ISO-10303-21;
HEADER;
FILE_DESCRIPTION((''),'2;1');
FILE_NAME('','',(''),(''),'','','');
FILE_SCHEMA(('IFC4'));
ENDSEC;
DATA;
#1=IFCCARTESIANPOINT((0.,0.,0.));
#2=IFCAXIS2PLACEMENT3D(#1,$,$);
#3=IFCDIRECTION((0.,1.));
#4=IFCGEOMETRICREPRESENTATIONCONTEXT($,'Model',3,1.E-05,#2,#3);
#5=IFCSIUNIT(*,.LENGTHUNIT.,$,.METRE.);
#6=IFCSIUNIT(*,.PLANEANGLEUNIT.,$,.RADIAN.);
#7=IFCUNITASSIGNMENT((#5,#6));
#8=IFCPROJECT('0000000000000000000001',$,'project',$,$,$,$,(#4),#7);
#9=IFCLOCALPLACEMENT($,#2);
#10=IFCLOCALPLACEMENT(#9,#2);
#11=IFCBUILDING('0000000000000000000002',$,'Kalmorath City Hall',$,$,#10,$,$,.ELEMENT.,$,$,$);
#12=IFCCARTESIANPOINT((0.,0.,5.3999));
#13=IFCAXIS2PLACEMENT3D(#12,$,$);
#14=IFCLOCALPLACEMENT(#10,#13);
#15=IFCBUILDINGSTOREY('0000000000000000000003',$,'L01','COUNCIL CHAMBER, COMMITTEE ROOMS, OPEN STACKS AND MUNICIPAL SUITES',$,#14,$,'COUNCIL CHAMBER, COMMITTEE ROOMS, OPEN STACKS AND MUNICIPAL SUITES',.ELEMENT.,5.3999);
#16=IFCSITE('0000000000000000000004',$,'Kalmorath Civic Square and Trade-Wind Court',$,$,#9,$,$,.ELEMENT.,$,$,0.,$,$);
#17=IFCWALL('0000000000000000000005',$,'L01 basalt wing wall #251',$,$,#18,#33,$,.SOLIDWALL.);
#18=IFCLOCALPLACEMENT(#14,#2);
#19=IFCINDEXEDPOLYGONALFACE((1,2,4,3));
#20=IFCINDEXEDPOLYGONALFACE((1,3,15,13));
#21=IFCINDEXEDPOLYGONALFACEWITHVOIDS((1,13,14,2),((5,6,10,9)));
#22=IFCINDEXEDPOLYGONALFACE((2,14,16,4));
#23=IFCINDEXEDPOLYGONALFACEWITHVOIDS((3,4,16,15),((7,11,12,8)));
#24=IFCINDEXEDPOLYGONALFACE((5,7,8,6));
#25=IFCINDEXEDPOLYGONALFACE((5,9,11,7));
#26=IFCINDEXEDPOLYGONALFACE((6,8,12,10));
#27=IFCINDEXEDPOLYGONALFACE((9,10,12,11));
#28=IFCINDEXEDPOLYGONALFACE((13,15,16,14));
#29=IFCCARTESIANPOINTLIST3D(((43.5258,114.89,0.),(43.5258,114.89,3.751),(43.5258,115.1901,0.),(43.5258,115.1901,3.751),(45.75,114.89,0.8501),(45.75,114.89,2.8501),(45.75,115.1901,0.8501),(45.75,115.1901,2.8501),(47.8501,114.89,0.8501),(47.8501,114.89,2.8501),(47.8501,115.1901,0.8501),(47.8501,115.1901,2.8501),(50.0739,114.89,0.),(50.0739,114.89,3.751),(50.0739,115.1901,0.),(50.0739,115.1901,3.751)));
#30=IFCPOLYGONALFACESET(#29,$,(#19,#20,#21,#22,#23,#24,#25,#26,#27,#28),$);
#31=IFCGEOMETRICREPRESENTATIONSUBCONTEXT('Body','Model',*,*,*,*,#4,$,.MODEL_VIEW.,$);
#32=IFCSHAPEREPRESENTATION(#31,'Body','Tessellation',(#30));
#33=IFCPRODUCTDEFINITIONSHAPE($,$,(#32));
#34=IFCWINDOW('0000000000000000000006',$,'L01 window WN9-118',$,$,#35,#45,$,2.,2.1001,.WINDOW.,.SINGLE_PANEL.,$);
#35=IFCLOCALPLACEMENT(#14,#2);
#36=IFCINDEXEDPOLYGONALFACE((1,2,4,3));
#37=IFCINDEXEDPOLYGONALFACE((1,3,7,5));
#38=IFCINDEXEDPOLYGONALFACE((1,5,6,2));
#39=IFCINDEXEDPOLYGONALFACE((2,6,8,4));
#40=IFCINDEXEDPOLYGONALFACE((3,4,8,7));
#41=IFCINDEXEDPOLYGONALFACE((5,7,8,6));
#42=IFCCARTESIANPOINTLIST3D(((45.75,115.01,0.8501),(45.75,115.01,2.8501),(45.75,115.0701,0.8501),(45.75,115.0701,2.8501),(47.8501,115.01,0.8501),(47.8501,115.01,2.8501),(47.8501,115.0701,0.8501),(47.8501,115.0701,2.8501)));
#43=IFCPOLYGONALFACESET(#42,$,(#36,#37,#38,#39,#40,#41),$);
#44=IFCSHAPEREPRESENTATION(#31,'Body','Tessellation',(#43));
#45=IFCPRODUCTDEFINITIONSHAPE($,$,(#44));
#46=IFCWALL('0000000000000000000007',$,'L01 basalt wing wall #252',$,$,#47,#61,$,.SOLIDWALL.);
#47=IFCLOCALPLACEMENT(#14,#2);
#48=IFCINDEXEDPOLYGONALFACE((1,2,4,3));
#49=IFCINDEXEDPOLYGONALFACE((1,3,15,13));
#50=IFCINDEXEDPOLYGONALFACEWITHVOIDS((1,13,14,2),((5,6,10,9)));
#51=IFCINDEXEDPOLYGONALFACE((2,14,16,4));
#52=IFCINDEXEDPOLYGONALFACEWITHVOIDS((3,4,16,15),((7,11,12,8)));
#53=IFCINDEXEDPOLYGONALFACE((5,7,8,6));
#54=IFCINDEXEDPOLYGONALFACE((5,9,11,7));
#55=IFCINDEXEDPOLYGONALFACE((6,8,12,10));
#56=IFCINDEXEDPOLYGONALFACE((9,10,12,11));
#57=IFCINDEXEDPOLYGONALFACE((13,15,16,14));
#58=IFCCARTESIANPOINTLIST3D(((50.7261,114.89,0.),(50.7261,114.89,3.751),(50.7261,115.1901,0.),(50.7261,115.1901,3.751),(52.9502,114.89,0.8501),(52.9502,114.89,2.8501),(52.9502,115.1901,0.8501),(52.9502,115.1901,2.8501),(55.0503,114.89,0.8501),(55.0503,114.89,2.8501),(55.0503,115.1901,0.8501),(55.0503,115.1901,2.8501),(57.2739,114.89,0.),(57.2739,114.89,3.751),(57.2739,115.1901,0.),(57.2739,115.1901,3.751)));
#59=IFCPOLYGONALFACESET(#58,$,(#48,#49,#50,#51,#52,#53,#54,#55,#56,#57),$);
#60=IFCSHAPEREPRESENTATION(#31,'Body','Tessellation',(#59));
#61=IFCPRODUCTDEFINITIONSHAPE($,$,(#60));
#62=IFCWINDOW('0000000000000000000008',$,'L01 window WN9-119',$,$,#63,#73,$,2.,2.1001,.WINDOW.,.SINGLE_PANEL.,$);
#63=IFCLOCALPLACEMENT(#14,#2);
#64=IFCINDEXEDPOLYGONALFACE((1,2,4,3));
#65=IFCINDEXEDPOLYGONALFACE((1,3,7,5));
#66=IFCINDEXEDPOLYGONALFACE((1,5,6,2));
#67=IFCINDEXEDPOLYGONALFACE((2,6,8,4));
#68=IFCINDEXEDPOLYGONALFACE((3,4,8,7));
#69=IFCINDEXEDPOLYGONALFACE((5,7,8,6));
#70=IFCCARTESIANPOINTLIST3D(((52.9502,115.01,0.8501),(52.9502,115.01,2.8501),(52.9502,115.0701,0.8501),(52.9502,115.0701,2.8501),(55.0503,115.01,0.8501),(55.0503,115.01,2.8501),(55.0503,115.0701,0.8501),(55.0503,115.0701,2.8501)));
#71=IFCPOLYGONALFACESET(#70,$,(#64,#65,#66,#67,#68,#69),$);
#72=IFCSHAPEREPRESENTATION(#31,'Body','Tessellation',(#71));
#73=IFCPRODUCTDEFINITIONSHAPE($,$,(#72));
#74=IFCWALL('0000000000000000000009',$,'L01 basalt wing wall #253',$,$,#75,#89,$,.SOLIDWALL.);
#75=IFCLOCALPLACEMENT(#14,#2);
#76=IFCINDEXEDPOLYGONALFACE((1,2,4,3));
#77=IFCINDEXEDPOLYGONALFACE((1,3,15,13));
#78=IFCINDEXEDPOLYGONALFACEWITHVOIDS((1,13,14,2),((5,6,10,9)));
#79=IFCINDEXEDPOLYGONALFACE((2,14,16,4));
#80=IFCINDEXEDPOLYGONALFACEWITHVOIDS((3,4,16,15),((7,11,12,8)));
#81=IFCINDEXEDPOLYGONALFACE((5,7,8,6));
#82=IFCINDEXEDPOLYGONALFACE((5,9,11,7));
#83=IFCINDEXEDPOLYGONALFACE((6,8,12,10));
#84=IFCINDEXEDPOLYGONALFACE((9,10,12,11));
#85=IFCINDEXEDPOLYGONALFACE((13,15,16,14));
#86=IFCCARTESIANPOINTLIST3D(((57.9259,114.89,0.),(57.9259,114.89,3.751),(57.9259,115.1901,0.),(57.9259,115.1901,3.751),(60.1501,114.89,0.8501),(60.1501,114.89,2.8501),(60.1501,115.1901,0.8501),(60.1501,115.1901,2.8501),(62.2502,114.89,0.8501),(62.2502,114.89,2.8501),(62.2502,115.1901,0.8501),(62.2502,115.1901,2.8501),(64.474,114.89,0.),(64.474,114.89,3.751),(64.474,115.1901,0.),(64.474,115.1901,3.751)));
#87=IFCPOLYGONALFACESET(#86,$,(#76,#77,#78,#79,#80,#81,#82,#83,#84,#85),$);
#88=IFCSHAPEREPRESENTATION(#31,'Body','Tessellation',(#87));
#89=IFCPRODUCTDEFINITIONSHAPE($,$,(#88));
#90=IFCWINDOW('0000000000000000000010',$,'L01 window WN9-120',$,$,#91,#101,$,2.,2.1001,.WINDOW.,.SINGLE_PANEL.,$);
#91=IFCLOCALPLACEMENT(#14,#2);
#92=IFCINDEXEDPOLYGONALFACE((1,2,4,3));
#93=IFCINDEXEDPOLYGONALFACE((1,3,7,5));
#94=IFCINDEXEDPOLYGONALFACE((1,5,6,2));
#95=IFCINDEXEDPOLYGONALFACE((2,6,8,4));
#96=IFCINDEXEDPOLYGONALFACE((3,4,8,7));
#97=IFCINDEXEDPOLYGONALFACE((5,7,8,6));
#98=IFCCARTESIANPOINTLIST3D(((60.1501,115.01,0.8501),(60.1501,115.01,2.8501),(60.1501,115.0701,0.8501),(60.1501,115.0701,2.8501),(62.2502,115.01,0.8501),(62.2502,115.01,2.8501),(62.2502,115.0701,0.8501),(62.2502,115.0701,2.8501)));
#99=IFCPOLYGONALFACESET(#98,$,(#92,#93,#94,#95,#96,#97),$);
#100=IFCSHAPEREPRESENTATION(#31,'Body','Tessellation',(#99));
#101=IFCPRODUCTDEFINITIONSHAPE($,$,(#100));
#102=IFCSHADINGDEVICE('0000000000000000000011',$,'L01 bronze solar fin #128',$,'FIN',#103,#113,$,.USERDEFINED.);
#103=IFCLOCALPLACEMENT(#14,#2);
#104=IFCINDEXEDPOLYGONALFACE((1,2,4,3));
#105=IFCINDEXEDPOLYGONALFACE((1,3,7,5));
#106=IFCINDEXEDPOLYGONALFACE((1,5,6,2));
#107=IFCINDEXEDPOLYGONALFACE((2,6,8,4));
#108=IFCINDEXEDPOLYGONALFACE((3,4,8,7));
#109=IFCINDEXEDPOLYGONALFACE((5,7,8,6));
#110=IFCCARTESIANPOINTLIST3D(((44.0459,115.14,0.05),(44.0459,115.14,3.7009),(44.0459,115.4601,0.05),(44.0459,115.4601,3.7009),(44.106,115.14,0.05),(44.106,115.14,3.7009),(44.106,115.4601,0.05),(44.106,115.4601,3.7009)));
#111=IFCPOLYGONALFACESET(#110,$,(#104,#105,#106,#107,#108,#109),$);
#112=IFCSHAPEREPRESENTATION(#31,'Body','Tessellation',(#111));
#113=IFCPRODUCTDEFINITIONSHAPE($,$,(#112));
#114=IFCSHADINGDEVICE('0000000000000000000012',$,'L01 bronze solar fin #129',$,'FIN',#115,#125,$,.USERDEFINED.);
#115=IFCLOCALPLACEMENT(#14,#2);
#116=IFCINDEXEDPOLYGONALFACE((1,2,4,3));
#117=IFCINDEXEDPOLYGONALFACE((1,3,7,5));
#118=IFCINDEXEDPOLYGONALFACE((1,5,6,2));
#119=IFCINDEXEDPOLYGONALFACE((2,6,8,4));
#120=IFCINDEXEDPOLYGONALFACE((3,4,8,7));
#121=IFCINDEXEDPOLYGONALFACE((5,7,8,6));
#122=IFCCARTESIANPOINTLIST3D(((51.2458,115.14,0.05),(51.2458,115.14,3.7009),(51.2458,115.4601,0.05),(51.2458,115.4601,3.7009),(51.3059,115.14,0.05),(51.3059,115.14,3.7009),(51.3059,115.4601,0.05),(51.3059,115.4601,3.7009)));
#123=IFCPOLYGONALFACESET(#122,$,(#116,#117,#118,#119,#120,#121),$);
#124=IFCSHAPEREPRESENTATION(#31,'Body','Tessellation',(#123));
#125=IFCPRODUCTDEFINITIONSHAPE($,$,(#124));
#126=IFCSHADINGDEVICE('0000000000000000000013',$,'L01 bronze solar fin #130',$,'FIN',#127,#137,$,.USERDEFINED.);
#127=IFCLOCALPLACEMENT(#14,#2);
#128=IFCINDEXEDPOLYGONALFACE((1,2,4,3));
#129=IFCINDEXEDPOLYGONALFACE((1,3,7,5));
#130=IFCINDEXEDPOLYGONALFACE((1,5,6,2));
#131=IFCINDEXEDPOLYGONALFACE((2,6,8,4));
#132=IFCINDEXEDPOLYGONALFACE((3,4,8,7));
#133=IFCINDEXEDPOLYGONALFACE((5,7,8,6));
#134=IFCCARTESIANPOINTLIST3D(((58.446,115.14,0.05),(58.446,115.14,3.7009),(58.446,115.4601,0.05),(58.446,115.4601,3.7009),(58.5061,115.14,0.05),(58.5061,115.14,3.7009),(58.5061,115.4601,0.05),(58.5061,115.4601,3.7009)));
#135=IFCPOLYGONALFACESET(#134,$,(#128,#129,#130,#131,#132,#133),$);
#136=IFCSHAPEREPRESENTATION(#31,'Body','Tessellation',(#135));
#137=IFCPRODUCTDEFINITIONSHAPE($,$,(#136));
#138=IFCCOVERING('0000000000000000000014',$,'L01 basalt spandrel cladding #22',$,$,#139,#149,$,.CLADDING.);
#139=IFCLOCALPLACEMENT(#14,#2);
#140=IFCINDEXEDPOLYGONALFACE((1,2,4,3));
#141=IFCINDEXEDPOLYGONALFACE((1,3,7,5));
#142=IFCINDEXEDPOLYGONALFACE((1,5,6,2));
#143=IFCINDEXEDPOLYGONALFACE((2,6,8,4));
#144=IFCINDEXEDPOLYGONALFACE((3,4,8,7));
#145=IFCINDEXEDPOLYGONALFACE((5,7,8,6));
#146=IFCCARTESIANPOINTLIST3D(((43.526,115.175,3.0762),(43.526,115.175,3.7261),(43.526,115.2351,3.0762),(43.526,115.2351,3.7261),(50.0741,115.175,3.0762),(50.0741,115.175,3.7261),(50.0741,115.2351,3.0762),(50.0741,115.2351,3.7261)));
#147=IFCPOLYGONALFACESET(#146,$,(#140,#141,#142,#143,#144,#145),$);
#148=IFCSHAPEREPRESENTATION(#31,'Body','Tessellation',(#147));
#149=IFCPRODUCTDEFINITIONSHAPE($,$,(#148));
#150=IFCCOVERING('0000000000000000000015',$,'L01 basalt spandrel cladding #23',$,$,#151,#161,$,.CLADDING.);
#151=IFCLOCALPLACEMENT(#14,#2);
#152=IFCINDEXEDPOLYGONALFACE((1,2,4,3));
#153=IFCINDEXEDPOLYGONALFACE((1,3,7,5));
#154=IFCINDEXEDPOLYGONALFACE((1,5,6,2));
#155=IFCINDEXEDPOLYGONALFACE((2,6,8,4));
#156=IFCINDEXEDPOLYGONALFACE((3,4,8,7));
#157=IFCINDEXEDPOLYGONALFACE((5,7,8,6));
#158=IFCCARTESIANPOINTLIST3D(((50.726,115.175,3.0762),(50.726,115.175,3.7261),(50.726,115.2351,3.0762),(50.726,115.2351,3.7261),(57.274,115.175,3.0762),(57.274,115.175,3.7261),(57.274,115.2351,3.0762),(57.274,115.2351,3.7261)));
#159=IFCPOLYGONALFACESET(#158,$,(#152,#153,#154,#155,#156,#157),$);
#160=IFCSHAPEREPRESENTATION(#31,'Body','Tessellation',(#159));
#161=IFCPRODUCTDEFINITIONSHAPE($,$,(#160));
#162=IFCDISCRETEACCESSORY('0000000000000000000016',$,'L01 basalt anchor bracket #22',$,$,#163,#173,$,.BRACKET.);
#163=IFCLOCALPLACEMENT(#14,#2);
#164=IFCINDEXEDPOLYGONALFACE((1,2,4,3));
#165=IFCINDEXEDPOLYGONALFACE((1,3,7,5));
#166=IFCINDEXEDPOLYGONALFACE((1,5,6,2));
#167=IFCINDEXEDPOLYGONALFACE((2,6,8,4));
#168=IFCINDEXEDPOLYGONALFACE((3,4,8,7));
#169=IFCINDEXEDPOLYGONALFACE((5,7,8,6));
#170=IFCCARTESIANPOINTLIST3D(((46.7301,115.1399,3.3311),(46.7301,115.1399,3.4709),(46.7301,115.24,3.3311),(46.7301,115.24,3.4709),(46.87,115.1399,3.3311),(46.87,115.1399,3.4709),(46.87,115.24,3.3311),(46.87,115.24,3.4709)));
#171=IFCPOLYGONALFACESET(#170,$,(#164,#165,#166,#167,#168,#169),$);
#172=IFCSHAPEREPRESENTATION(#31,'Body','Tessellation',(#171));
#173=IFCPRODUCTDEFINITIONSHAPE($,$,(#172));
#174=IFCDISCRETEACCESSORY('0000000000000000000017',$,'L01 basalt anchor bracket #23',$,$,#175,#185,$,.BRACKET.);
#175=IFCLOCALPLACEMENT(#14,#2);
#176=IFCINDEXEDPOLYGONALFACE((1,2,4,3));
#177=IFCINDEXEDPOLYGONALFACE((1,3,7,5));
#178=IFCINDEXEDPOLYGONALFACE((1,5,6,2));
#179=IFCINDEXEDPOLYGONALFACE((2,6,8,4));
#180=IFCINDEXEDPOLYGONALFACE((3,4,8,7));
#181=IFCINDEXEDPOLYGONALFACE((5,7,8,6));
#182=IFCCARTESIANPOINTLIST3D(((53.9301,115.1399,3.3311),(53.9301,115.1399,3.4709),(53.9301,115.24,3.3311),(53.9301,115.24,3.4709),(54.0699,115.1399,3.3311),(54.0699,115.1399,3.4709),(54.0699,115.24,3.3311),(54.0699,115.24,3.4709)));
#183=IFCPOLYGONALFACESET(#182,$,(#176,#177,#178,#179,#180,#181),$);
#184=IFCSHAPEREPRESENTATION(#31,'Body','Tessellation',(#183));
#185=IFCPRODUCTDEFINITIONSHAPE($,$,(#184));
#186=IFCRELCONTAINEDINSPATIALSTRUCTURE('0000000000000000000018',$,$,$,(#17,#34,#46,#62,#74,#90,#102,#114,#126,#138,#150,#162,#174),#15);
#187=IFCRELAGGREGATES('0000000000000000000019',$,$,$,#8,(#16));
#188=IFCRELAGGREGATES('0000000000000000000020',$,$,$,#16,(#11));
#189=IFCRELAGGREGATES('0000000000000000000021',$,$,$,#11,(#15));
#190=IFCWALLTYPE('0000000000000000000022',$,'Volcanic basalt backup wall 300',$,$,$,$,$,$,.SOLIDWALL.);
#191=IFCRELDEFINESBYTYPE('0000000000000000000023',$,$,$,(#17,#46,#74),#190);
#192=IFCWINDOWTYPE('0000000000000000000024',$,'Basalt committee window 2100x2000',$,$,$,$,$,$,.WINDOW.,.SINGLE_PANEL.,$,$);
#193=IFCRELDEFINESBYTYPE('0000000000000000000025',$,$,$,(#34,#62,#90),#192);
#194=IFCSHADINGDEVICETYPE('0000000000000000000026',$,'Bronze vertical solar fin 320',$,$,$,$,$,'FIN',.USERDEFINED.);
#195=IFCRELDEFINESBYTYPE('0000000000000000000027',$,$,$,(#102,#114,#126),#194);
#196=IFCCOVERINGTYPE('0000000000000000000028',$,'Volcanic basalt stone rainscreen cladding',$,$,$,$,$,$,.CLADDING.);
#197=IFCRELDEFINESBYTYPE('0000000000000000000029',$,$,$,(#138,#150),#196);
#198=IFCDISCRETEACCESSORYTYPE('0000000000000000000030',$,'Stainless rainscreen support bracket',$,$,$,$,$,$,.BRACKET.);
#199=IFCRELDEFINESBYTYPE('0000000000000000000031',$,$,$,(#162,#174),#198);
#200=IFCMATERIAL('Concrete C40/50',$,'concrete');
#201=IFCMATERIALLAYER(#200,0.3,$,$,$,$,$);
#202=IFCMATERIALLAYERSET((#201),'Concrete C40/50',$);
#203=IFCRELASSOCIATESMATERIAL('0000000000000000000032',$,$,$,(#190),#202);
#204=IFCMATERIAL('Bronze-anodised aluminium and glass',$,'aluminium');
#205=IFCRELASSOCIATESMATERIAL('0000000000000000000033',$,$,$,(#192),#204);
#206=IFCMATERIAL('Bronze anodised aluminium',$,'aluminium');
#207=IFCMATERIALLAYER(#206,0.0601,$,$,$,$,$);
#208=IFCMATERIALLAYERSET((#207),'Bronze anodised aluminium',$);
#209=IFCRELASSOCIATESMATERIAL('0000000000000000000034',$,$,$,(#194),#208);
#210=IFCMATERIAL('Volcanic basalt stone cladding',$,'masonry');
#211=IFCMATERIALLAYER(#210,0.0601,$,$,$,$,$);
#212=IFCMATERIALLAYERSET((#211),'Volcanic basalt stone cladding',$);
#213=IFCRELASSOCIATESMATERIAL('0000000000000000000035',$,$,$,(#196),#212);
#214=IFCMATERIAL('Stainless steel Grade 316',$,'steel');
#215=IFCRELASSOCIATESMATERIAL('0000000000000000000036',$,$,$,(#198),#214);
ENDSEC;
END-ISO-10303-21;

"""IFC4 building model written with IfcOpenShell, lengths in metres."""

from ifc_helpers import new_model, si_unit, direction, frame, frame_2d, origin, origin_2d, place, context, subcontext, project, spatial, rectangle, extrude, material, layer, layer_set, type_object, element, fill, save


model = new_model("IFC4")

# Units and contexts
model_context = context("Model", 3, precision=1e-05, world=origin(), true_north=direction((0.0, 1.0)))
body_context = subcontext(model_context, "Body", "Model", "MODEL_VIEW")
ifc_project = project(units=[si_unit("LENGTHUNIT", "METRE"), si_unit("PLANEANGLEUNIT", "RADIAN")], contexts=[model_context])

# Site, building, storey
site_placement = place(None, origin())
site = spatial("IfcSite", under=ifc_project, at=site_placement, Name="Kalmorath Civic Square and Trade-Wind Court", CompositionType="ELEMENT", RefElevation=0.0)
building_placement = place(site_placement, origin())
building = spatial("IfcBuilding", under=site, at=building_placement, Name="Kalmorath City Hall", CompositionType="ELEMENT")
storey_placement = place(building_placement, frame((0.0, 0.0, 5.3999)))
storey = spatial("IfcBuildingStorey", under=building, at=storey_placement, Name="L01", Description="COUNCIL CHAMBER, COMMITTEE ROOMS, OPEN STACKS AND MUNICIPAL SUITES", LongName="COUNCIL CHAMBER, COMMITTEE ROOMS, OPEN STACKS AND MUNICIPAL SUITES", CompositionType="ELEMENT", Elevation=5.3999)

# Walls, openings, windows
ifc_material_1 = material(Name="Concrete C40/50", Category="concrete")
ifc_layer_1 = layer(ifc_material_1, 0.3)
ifc_layer_set_1 = layer_set([ifc_layer_1], Name="Concrete C40/50")
wall_type = type_object("IfcWallType", Name="Volcanic basalt backup wall 300", PredefinedType="SOLIDWALL", material=ifc_layer_set_1)
wall_1_placement = place(storey_placement, frame((43.5259, 115.04, 0.0), z_axis=(0.0, 0.0, 1.0), x_axis=(1.0, 0.0, 0.0)))
wall_1 = element("IfcWall", 1, at=wall_1_placement, inside=storey, type_object=wall_type, Name="L01 basalt wing wall #251", PredefinedType="SOLIDWALL", context=body_context, shape_type="SweptSolid", body=[
    extrude(rectangle(XDim=6.5481, YDim=0.3, at=frame_2d((3.2739, 0.0))), origin(), (0.0, 0.0, 1.0), 3.751),
])
opening_1_placement = place(wall_1_placement, frame((2.2241, 0.0, 0.8501)))
opening_1 = element("IfcOpeningElement", 2, at=opening_1_placement, cuts=wall_1, PredefinedType="OPENING", context=body_context, shape_type="SweptSolid", body=[
    extrude(rectangle(XDim=2.1001, YDim=2.0, at=frame_2d((1.05, 1.0))), frame((0.0, 0.1599, 0.0), z_axis=(0.0, -1.0, 0.0), x_axis=(1.0, 0.0, 0.0)), (0.0, 0.0, 1.0), 0.3201),
])
ifc_material_2 = material(Name="Bronze-anodised aluminium and glass", Category="aluminium")
window_type = type_object("IfcWindowType", Name="Basalt committee window 2100x2000", PartitioningType="SINGLE_PANEL", PredefinedType="WINDOW", material=ifc_material_2)
window_1_placement = place(opening_1_placement, origin())
window_1 = element("IfcWindow", 3, at=window_1_placement, inside=storey, type_object=window_type, Name="L01 window WN9-118", OverallHeight=2.0, OverallWidth=2.1001, PartitioningType="SINGLE_PANEL", PredefinedType="WINDOW", context=body_context, shape_type="SweptSolid", body=[
    extrude(rectangle(XDim=2.1001, YDim=2.0, at=frame_2d((1.05, 1.0))), frame((0.0, 0.03, 0.0), z_axis=(0.0, -1.0, 0.0), x_axis=(1.0, 0.0, 0.0)), (0.0, 0.0, 1.0), 0.0601),
])
fill(opening_1, window_1)
wall_2_placement = place(storey_placement, frame((50.7261, 115.04, 0.0), z_axis=(0.0, 0.0, 1.0), x_axis=(1.0, 0.0, 0.0)))
wall_2 = element("IfcWall", 4, at=wall_2_placement, inside=storey, type_object=wall_type, Name="L01 basalt wing wall #252", PredefinedType="SOLIDWALL", context=body_context, shape_type="SweptSolid", body=[
    extrude(rectangle(XDim=6.5479, YDim=0.3, at=frame_2d((3.2739, 0.0))), origin(), (0.0, 0.0, 1.0), 3.751),
])
opening_2_placement = place(wall_2_placement, frame((2.2241, 0.0, 0.8501)))
opening_2 = element("IfcOpeningElement", 5, at=opening_2_placement, cuts=wall_2, PredefinedType="OPENING", context=body_context, shape_type="SweptSolid", body=[
    extrude(rectangle(XDim=2.1001, YDim=2.0, at=frame_2d((1.05, 1.0))), frame((0.0, 0.1599, 0.0), z_axis=(0.0, -1.0, 0.0), x_axis=(1.0, 0.0, 0.0)), (0.0, 0.0, 1.0), 0.3201),
])
window_2_placement = place(opening_2_placement, origin())
window_2 = element("IfcWindow", 6, at=window_2_placement, inside=storey, type_object=window_type, Name="L01 window WN9-119", OverallHeight=2.0, OverallWidth=2.1001, PartitioningType="SINGLE_PANEL", PredefinedType="WINDOW", context=body_context, shape_type="SweptSolid", body=[
    extrude(rectangle(XDim=2.1001, YDim=2.0, at=frame_2d((1.05, 1.0))), frame((0.0, 0.03, 0.0), z_axis=(0.0, -1.0, 0.0), x_axis=(1.0, 0.0, 0.0)), (0.0, 0.0, 1.0), 0.0601),
])
fill(opening_2, window_2)
wall_3_placement = place(storey_placement, frame((57.926, 115.04, 0.0), z_axis=(0.0, 0.0, 1.0), x_axis=(1.0, 0.0, 0.0)))
wall_3 = element("IfcWall", 7, at=wall_3_placement, inside=storey, type_object=wall_type, Name="L01 basalt wing wall #253", PredefinedType="SOLIDWALL", context=body_context, shape_type="SweptSolid", body=[
    extrude(rectangle(XDim=6.5481, YDim=0.3, at=frame_2d((3.2739, 0.0))), origin(), (0.0, 0.0, 1.0), 3.751),
])
opening_3_placement = place(wall_3_placement, frame((2.2241, 0.0, 0.8501)))
opening_3 = element("IfcOpeningElement", 8, at=opening_3_placement, cuts=wall_3, PredefinedType="OPENING", context=body_context, shape_type="SweptSolid", body=[
    extrude(rectangle(XDim=2.1001, YDim=2.0, at=frame_2d((1.05, 1.0))), frame((0.0, 0.1599, 0.0), z_axis=(0.0, -1.0, 0.0), x_axis=(1.0, 0.0, 0.0)), (0.0, 0.0, 1.0), 0.3201),
])
window_3_placement = place(opening_3_placement, origin())
window_3 = element("IfcWindow", 9, at=window_3_placement, inside=storey, type_object=window_type, Name="L01 window WN9-120", OverallHeight=2.0, OverallWidth=2.1001, PartitioningType="SINGLE_PANEL", PredefinedType="WINDOW", context=body_context, shape_type="SweptSolid", body=[
    extrude(rectangle(XDim=2.1001, YDim=2.0, at=frame_2d((1.05, 1.0))), frame((0.0, 0.03, 0.0), z_axis=(0.0, -1.0, 0.0), x_axis=(1.0, 0.0, 0.0)), (0.0, 0.0, 1.0), 0.0601),
])
fill(opening_3, window_3)

# Shading devices
ifc_material_3 = material(Name="Bronze anodised aluminium", Category="aluminium")
ifc_layer_2 = layer(ifc_material_3, 0.0601)
ifc_layer_set_2 = layer_set([ifc_layer_2], Name="Bronze anodised aluminium")
shading_device_type = type_object("IfcShadingDeviceType", Name="Bronze vertical solar fin 320", ElementType="FIN", PredefinedType="USERDEFINED", material=ifc_layer_set_2)
for number, where, z_axis, x_axis, name in (
    (10, (44.0759, 115.3, 0.05), (0.0, 0.0, 1.0), (1.0, 0.0, 0.0), "L01 bronze solar fin #128"),
    (11, (51.2759, 115.3, 0.05), (0.0, 0.0, 1.0), (1.0, 0.0, 0.0), "L01 bronze solar fin #129"),
    (12, (58.4761, 115.3, 0.05), (0.0, 0.0, 1.0), (1.0, 0.0, 0.0), "L01 bronze solar fin #130"),
):
    element("IfcShadingDevice", number, at=place(storey_placement, frame(where, z_axis=z_axis, x_axis=x_axis)), inside=storey, type_object=shading_device_type, Name=name, ObjectType="FIN", PredefinedType="USERDEFINED", context=body_context, shape_type="SweptSolid", body=[
        extrude(rectangle(XDim=0.0601, YDim=0.3201, at=origin_2d()), origin(), (0.0, 0.0, 1.0), 3.6509),
    ])

# Coverings
ifc_material_4 = material(Name="Volcanic basalt stone cladding", Category="masonry")
ifc_layer_3 = layer(ifc_material_4, 0.0601)
ifc_layer_set_3 = layer_set([ifc_layer_3], Name="Volcanic basalt stone cladding")
covering_type = type_object("IfcCoveringType", Name="Volcanic basalt stone rainscreen cladding", PredefinedType="CLADDING", material=ifc_layer_set_3)
for number, where, z_axis, x_axis, name in (
    (13, (46.8, 115.2051, 3.0762), (0.0, 0.0, 1.0), (1.0, 0.0, 0.0), "L01 basalt spandrel cladding #22"),
    (14, (54.0, 115.2051, 3.0762), (0.0, 0.0, 1.0), (1.0, 0.0, 0.0), "L01 basalt spandrel cladding #23"),
):
    element("IfcCovering", number, at=place(storey_placement, frame(where, z_axis=z_axis, x_axis=x_axis)), inside=storey, type_object=covering_type, Name=name, PredefinedType="CLADDING", context=body_context, shape_type="SweptSolid", body=[
        extrude(rectangle(XDim=6.5481, YDim=0.0601, at=origin_2d()), origin(), (0.0, 0.0, 1.0), 0.6499),
    ])

# Discrete accessories
ifc_material_5 = material(Name="Stainless steel Grade 316", Category="steel")
discrete_accessory_type = type_object("IfcDiscreteAccessoryType", Name="Stainless rainscreen support bracket", PredefinedType="BRACKET", material=ifc_material_5)
for number, where, z_axis, x_axis, name in (
    (15, (46.8, 115.1899, 3.3311), (0.0, 0.0, 1.0), (1.0, 0.0, 0.0), "L01 basalt anchor bracket #22"),
    (16, (54.0, 115.1899, 3.3311), (0.0, 0.0, 1.0), (1.0, 0.0, 0.0), "L01 basalt anchor bracket #23"),
):
    element("IfcDiscreteAccessory", number, at=place(storey_placement, frame(where, z_axis=z_axis, x_axis=x_axis)), inside=storey, type_object=discrete_accessory_type, Name=name, PredefinedType="BRACKET", context=body_context, shape_type="SweptSolid", body=[
        extrude(rectangle(XDim=0.1399, YDim=0.1001, at=origin_2d()), origin(), (0.0, 0.0, 1.0), 0.1399),
    ])

save(model, "model.ifc")
